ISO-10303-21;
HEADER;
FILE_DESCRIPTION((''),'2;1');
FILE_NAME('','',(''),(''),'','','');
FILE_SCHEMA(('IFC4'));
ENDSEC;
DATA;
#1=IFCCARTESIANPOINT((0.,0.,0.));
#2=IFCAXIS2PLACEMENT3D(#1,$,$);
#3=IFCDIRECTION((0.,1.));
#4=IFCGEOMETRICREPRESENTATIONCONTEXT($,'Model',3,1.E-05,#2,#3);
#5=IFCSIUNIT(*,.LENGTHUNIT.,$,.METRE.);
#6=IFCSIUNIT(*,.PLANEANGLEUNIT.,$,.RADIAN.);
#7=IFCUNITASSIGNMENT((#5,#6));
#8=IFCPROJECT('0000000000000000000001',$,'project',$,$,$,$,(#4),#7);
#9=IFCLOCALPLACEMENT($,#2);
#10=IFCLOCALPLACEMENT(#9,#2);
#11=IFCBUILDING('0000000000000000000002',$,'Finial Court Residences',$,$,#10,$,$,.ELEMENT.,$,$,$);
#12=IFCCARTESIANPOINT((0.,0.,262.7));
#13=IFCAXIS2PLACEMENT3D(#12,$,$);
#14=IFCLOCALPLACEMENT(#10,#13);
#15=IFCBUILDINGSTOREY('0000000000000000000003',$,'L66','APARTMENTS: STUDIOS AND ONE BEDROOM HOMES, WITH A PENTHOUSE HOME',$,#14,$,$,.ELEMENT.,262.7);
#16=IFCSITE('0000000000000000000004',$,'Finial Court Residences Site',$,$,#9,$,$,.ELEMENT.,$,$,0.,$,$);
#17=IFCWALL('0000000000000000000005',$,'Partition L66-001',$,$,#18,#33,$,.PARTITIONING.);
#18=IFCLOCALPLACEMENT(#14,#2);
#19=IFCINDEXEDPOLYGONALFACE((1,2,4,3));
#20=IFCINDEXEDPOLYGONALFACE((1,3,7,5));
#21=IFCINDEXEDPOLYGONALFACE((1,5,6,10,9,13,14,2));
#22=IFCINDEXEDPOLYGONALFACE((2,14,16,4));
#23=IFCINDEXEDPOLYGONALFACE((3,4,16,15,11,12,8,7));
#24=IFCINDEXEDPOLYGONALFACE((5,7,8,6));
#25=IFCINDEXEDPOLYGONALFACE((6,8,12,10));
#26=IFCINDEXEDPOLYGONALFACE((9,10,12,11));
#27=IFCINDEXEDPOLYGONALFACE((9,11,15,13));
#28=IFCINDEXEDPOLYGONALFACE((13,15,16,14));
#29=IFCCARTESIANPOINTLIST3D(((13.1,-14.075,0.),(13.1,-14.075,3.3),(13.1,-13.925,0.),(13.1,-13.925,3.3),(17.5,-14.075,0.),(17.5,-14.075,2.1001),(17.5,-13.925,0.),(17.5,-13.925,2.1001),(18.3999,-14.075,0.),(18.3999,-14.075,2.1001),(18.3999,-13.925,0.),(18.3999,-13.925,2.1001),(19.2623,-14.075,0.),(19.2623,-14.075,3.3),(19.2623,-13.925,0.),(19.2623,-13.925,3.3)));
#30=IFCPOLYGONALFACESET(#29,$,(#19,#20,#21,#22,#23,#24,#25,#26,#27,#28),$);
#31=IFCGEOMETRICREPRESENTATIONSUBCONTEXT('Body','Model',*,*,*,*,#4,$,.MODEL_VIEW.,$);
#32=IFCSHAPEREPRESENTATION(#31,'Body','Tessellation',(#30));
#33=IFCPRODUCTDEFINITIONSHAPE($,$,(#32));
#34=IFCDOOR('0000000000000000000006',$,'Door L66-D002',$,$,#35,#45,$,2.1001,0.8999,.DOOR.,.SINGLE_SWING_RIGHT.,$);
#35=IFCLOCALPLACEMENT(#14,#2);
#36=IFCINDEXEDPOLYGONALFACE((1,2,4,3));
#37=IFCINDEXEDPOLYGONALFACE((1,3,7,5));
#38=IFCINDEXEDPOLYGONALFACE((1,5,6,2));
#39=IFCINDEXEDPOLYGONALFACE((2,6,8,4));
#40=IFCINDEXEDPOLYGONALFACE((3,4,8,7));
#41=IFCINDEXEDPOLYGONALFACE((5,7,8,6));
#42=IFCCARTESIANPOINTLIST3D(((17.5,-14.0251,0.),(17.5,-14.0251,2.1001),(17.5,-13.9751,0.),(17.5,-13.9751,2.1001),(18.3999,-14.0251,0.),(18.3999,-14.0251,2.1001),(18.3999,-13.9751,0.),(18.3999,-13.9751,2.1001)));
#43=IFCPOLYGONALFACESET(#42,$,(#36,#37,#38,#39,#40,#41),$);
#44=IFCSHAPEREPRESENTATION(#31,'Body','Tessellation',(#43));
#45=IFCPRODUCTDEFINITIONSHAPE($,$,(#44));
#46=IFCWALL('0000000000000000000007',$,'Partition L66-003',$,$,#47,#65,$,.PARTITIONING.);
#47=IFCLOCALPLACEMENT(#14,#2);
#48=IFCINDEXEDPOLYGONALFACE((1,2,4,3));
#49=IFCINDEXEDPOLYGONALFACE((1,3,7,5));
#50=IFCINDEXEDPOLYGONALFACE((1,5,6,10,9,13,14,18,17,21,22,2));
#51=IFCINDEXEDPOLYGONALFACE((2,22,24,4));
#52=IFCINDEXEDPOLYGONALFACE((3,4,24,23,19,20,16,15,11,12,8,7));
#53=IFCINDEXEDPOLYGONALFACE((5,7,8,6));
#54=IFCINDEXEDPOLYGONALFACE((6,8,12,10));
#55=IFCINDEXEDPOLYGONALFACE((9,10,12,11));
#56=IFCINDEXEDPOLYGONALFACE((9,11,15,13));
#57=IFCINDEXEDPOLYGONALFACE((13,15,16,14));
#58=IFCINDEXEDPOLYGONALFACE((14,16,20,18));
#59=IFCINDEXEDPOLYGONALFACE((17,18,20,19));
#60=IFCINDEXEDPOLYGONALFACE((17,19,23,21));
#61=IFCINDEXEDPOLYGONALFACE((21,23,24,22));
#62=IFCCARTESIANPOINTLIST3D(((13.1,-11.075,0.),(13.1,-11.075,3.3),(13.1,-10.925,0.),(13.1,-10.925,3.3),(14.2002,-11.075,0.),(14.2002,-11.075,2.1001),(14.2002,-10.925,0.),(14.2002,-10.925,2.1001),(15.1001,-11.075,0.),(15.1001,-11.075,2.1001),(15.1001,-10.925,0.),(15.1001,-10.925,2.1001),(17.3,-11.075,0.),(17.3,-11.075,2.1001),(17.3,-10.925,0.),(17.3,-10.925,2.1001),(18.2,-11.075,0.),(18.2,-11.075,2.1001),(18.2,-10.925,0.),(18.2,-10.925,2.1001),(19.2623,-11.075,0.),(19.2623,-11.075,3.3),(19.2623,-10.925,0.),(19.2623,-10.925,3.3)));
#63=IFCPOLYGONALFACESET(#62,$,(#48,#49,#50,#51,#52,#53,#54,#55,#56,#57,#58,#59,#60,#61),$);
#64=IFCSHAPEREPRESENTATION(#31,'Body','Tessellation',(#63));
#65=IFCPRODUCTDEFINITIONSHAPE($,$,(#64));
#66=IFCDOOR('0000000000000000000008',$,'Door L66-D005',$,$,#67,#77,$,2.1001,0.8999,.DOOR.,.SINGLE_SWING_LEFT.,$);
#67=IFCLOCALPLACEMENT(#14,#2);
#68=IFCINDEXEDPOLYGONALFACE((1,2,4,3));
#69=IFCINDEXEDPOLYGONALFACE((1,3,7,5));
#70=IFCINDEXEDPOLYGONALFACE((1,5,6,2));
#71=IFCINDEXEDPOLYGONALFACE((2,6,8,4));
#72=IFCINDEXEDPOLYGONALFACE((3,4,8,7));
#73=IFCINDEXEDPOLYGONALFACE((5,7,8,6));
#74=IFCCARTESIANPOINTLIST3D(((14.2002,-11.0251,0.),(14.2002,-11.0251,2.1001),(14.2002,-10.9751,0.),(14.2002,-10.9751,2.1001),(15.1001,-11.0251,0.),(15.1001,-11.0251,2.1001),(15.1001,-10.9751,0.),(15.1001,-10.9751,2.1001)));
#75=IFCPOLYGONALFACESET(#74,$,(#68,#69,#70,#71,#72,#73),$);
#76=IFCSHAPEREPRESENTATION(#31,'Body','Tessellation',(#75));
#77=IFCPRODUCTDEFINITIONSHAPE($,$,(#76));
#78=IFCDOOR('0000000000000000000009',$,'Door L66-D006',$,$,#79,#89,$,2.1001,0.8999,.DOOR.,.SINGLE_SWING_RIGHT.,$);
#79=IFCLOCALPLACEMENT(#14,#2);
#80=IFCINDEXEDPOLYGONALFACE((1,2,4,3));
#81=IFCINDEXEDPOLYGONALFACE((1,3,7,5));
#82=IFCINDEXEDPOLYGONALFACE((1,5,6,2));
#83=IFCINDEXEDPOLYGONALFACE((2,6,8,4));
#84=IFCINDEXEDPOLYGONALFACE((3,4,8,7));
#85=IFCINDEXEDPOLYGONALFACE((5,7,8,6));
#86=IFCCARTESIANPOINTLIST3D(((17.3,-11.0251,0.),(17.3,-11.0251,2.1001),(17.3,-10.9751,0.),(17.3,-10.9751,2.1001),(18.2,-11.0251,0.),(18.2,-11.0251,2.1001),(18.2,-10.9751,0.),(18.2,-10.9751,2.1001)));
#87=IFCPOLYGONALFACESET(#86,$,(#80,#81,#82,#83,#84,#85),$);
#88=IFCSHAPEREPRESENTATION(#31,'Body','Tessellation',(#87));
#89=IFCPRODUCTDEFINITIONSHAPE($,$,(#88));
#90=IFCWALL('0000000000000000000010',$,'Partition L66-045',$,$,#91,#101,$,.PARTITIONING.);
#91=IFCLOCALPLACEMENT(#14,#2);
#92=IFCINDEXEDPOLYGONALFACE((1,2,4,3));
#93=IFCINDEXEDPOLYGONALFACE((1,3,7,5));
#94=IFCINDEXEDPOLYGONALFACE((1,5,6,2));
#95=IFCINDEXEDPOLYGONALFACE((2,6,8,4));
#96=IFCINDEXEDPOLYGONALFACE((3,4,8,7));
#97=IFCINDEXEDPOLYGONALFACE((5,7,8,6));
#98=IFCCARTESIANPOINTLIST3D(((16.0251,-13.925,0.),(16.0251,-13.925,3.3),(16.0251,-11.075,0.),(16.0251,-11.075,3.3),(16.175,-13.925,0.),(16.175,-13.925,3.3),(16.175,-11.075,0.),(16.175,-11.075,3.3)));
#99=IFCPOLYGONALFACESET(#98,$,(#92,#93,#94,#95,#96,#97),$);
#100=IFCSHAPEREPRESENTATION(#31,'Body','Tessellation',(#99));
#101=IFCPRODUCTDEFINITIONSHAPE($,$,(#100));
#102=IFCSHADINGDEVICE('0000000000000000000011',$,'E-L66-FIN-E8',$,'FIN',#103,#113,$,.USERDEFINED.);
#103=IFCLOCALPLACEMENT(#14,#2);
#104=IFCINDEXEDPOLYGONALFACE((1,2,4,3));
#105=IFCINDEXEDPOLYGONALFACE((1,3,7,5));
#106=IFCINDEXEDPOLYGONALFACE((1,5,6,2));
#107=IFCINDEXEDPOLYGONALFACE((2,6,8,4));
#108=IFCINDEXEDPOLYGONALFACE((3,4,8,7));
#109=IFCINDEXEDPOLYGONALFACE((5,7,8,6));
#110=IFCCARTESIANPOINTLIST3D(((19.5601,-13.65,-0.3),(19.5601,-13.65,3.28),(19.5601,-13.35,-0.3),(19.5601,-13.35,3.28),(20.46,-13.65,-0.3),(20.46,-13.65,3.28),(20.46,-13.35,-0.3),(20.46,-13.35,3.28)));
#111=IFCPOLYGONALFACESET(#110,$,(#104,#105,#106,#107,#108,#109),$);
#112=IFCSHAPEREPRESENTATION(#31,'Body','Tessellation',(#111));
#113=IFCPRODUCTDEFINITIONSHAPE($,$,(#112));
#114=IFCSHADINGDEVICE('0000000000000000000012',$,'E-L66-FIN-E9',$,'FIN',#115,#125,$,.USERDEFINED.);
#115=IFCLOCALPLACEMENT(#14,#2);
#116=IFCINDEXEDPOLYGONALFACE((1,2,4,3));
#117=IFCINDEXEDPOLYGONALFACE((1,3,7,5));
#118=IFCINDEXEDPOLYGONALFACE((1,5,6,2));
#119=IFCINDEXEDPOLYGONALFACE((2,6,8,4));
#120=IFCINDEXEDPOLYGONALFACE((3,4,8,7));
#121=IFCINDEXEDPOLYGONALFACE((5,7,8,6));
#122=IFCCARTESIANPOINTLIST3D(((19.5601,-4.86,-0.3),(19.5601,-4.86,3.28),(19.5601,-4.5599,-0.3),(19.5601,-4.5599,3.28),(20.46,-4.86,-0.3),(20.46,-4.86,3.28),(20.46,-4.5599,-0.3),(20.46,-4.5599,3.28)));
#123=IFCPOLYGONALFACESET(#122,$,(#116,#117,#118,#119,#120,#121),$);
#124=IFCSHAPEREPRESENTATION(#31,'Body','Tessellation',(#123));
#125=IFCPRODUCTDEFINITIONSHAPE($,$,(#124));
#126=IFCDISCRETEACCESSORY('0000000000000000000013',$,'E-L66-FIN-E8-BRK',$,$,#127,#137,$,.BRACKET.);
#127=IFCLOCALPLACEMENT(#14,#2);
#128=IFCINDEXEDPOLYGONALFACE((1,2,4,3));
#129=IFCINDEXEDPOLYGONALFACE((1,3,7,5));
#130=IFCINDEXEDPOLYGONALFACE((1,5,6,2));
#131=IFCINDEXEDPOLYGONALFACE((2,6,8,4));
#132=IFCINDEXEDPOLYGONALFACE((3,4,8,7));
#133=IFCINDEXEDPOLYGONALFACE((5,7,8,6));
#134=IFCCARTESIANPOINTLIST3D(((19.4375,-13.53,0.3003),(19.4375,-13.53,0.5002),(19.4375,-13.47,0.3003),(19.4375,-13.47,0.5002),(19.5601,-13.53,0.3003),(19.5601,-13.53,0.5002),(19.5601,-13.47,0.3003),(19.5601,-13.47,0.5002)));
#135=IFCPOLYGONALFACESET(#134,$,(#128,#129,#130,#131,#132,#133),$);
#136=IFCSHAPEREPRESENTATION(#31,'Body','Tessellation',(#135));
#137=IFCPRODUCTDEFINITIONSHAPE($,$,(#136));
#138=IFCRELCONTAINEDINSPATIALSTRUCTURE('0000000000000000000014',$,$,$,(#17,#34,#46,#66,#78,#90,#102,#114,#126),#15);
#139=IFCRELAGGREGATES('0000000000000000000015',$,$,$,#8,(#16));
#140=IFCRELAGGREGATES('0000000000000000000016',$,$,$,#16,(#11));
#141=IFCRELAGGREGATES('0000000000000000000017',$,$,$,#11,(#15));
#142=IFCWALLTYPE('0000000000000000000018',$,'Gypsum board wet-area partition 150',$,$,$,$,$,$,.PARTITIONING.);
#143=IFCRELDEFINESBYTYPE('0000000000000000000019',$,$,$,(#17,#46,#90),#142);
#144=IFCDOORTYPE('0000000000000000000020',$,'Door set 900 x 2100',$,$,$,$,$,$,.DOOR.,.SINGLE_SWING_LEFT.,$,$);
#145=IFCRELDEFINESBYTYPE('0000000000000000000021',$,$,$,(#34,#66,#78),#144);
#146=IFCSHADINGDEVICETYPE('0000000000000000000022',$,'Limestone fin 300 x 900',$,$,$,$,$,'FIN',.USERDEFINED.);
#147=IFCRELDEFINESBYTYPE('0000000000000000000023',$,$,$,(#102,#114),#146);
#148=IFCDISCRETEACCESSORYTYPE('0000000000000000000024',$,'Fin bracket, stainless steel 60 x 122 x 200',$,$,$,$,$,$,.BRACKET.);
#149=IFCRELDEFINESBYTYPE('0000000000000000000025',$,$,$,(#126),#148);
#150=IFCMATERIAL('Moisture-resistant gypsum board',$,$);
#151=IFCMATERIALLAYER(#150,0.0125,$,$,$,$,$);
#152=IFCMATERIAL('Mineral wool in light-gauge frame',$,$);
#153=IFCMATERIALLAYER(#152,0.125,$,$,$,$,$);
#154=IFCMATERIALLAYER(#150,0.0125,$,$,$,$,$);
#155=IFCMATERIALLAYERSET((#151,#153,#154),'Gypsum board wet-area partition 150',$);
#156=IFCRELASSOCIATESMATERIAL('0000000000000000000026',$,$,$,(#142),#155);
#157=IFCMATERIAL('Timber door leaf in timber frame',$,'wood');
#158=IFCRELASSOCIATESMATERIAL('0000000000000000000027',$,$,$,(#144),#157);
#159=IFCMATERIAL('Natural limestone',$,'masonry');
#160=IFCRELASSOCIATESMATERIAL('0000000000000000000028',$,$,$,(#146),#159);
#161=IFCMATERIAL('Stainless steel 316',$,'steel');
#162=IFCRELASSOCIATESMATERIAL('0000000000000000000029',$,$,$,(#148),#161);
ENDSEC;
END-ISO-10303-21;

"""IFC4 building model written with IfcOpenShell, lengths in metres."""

from ifc_helpers import new_model, si_unit, direction, frame, frame_2d, origin, origin_2d, place, context, subcontext, project, spatial, rectangle, extrude, material, layer, layer_set, type_object, element, fill, save


model = new_model("IFC4")

# Units and contexts
model_context = context("Model", 3, precision=1e-05, world=origin(), true_north=direction((0.0, 1.0)))
body_context = subcontext(model_context, "Body", "Model", "MODEL_VIEW")
ifc_project = project(units=[si_unit("LENGTHUNIT", "METRE"), si_unit("PLANEANGLEUNIT", "RADIAN")], contexts=[model_context])

# Site, building, storey
site_placement = place(None, origin())
site = spatial("IfcSite", under=ifc_project, at=site_placement, Name="Finial Court Residences Site", CompositionType="ELEMENT", RefElevation=0.0)
building_placement = place(site_placement, origin())
building = spatial("IfcBuilding", under=site, at=building_placement, Name="Finial Court Residences", CompositionType="ELEMENT")
storey_placement = place(building_placement, frame((0.0, 0.0, 262.7)))
storey = spatial("IfcBuildingStorey", under=building, at=storey_placement, Name="L66", Description="APARTMENTS: STUDIOS AND ONE BEDROOM HOMES, WITH A PENTHOUSE HOME", CompositionType="ELEMENT", Elevation=262.7)

# Wall, opening, door
ifc_material_1 = material(Name="Moisture-resistant gypsum board")
ifc_layer_1 = layer(ifc_material_1, 0.0125)
ifc_material_2 = material(Name="Mineral wool in light-gauge frame")
ifc_layer_2 = layer(ifc_material_2, 0.125)
ifc_layer_3 = layer(ifc_material_1, 0.0125)
ifc_layer_set_1 = layer_set([ifc_layer_1, ifc_layer_2, ifc_layer_3], Name="Gypsum board wet-area partition 150")
wall_type_1 = type_object("IfcWallType", Name="Gypsum board wet-area partition 150", PredefinedType="PARTITIONING", material=ifc_layer_set_1)
wall_1_placement = place(storey_placement, frame((13.1001, -14.0, 0.0), z_axis=(0.0, 0.0, 1.0), x_axis=(1.0, 0.0, 0.0)))
wall_1 = element("IfcWall", 1, at=wall_1_placement, inside=storey, type_object=wall_type_1, Name="Partition L66-001", PredefinedType="PARTITIONING", context=body_context, shape_type="SweptSolid", body=[
    extrude(rectangle(XDim=6.1624, YDim=0.1499, at=frame_2d((3.0811, 0.0))), origin(), (0.0, 0.0, 1.0), 3.3),
])
opening_1_placement = place(wall_1_placement, frame((4.3999, 0.0, 0.0)))
opening_1 = element("IfcOpeningElement", 2, at=opening_1_placement, cuts=wall_1, PredefinedType="OPENING", context=body_context, shape_type="SweptSolid", body=[
    extrude(rectangle(XDim=0.8999, YDim=2.1001, at=frame_2d((0.45, 1.05))), frame((0.0, 0.085, 0.0), z_axis=(0.0, -1.0, 0.0), x_axis=(1.0, 0.0, 0.0)), (0.0, 0.0, 1.0), 0.1699),
])
ifc_material_3 = material(Name="Timber door leaf in timber frame", Category="wood")
door_type_1 = type_object("IfcDoorType", Name="Door set 900 x 2100", OperationType="SINGLE_SWING_LEFT", PredefinedType="DOOR", material=ifc_material_3)
door_1_placement = place(opening_1_placement, origin())
door_1 = element("IfcDoor", 3, at=door_1_placement, inside=storey, type_object=door_type_1, Name="Door L66-D002", OperationType="SINGLE_SWING_RIGHT", OverallHeight=2.1001, OverallWidth=0.8999, PredefinedType="DOOR", context=body_context, shape_type="SweptSolid", body=[
    extrude(rectangle(XDim=0.8999, YDim=2.1001, at=frame_2d((0.45, 1.05))), frame((0.0, 0.0249, 0.0), z_axis=(0.0, -1.0, 0.0), x_axis=(1.0, 0.0, 0.0)), (0.0, 0.0, 1.0), 0.05),
])
fill(opening_1, door_1)

# Wall, openings, doors
wall_2_placement = place(storey_placement, frame((13.1001, -11.0, 0.0), z_axis=(0.0, 0.0, 1.0), x_axis=(1.0, 0.0, 0.0)))
wall_2 = element("IfcWall", 4, at=wall_2_placement, inside=storey, type_object=wall_type_1, Name="Partition L66-003", PredefinedType="PARTITIONING", context=body_context, shape_type="SweptSolid", body=[
    extrude(rectangle(XDim=6.1624, YDim=0.1499, at=frame_2d((3.0811, 0.0))), origin(), (0.0, 0.0, 1.0), 3.3),
])
opening_2_placement = place(wall_2_placement, frame((1.1001, 0.0, 0.0)))
opening_2 = element("IfcOpeningElement", 5, at=opening_2_placement, cuts=wall_2, PredefinedType="OPENING", context=body_context, shape_type="SweptSolid", body=[
    extrude(rectangle(XDim=0.8999, YDim=2.1001, at=frame_2d((0.45, 1.05))), frame((0.0, 0.085, 0.0), z_axis=(0.0, -1.0, 0.0), x_axis=(1.0, 0.0, 0.0)), (0.0, 0.0, 1.0), 0.1699),
])
opening_3_placement = place(wall_2_placement, frame((4.2, 0.0, 0.0)))
opening_3 = element("IfcOpeningElement", 6, at=opening_3_placement, cuts=wall_2, PredefinedType="OPENING", context=body_context, shape_type="SweptSolid", body=[
    extrude(rectangle(XDim=0.8999, YDim=2.1001, at=frame_2d((0.45, 1.05))), frame((0.0, 0.085, 0.0), z_axis=(0.0, -1.0, 0.0), x_axis=(1.0, 0.0, 0.0)), (0.0, 0.0, 1.0), 0.1699),
])
door_2_placement = place(opening_2_placement, origin())
door_2 = element("IfcDoor", 7, at=door_2_placement, inside=storey, type_object=door_type_1, Name="Door L66-D005", OperationType="SINGLE_SWING_LEFT", OverallHeight=2.1001, OverallWidth=0.8999, PredefinedType="DOOR", context=body_context, shape_type="SweptSolid", body=[
    extrude(rectangle(XDim=0.8999, YDim=2.1001, at=frame_2d((0.45, 1.05))), frame((0.0, 0.0249, 0.0), z_axis=(0.0, -1.0, 0.0), x_axis=(1.0, 0.0, 0.0)), (0.0, 0.0, 1.0), 0.05),
])
fill(opening_2, door_2)
door_3_placement = place(opening_3_placement, origin())
door_3 = element("IfcDoor", 8, at=door_3_placement, inside=storey, type_object=door_type_1, Name="Door L66-D006", OperationType="SINGLE_SWING_RIGHT", OverallHeight=2.1001, OverallWidth=0.8999, PredefinedType="DOOR", context=body_context, shape_type="SweptSolid", body=[
    extrude(rectangle(XDim=0.8999, YDim=2.1001, at=frame_2d((0.45, 1.05))), frame((0.0, 0.0249, 0.0), z_axis=(0.0, -1.0, 0.0), x_axis=(1.0, 0.0, 0.0)), (0.0, 0.0, 1.0), 0.05),
])
fill(opening_3, door_3)

# Wall
wall_3_placement = place(storey_placement, frame((16.1001, -13.925, 0.0), z_axis=(0.0, 0.0, 1.0), x_axis=(0.0, 1.0, 0.0)))
element("IfcWall", 9, at=wall_3_placement, inside=storey, type_object=wall_type_1, Name="Partition L66-045", PredefinedType="PARTITIONING", context=body_context, shape_type="SweptSolid", body=[
    extrude(rectangle(XDim=2.8501, YDim=0.1499, at=frame_2d((1.425, 0.0))), origin(), (0.0, 0.0, 1.0), 3.3),
])

# Shading devices
ifc_material_4 = material(Name="Natural limestone", Category="masonry")
shading_device_type = type_object("IfcShadingDeviceType", Name="Limestone fin 300 x 900", ElementType="FIN", PredefinedType="USERDEFINED", material=ifc_material_4)
for number, where, z_axis, x_axis, name in (
    (10, (20.01, -13.5, -0.3), (0.0, 0.0, 1.0), (1.0, 0.0, 0.0), "E-L66-FIN-E8"),
    (11, (20.01, -4.71, -0.3), (0.0, 0.0, 1.0), (1.0, 0.0, 0.0), "E-L66-FIN-E9"),
):
    element("IfcShadingDevice", number, at=place(storey_placement, frame(where, z_axis=z_axis, x_axis=x_axis)), inside=storey, type_object=shading_device_type, Name=name, ObjectType="FIN", PredefinedType="USERDEFINED", context=body_context, shape_type="SweptSolid", body=[
        extrude(rectangle(XDim=0.8999, YDim=0.3, at=origin_2d()), origin(), (0.0, 0.0, 1.0), 3.5801),
    ])

# Discrete accessory
ifc_material_5 = material(Name="Stainless steel 316", Category="steel")
discrete_accessory_type = type_object("IfcDiscreteAccessoryType", Name="Fin bracket, stainless steel 60 x 122 x 200", PredefinedType="BRACKET", material=ifc_material_5)
discrete_accessory_placement = place(storey_placement, frame((19.4988, -13.5, 0.3003), z_axis=(0.0, 0.0, 1.0), x_axis=(1.0, 0.0, 0.0)))
element("IfcDiscreteAccessory", 12, at=discrete_accessory_placement, inside=storey, type_object=discrete_accessory_type, Name="E-L66-FIN-E8-BRK", PredefinedType="BRACKET", context=body_context, shape_type="SweptSolid", body=[
    extrude(rectangle(XDim=0.1226, YDim=0.0601, at=origin_2d()), origin(), (0.0, 0.0, 1.0), 0.2),
])

save(model, "model.ifc")
